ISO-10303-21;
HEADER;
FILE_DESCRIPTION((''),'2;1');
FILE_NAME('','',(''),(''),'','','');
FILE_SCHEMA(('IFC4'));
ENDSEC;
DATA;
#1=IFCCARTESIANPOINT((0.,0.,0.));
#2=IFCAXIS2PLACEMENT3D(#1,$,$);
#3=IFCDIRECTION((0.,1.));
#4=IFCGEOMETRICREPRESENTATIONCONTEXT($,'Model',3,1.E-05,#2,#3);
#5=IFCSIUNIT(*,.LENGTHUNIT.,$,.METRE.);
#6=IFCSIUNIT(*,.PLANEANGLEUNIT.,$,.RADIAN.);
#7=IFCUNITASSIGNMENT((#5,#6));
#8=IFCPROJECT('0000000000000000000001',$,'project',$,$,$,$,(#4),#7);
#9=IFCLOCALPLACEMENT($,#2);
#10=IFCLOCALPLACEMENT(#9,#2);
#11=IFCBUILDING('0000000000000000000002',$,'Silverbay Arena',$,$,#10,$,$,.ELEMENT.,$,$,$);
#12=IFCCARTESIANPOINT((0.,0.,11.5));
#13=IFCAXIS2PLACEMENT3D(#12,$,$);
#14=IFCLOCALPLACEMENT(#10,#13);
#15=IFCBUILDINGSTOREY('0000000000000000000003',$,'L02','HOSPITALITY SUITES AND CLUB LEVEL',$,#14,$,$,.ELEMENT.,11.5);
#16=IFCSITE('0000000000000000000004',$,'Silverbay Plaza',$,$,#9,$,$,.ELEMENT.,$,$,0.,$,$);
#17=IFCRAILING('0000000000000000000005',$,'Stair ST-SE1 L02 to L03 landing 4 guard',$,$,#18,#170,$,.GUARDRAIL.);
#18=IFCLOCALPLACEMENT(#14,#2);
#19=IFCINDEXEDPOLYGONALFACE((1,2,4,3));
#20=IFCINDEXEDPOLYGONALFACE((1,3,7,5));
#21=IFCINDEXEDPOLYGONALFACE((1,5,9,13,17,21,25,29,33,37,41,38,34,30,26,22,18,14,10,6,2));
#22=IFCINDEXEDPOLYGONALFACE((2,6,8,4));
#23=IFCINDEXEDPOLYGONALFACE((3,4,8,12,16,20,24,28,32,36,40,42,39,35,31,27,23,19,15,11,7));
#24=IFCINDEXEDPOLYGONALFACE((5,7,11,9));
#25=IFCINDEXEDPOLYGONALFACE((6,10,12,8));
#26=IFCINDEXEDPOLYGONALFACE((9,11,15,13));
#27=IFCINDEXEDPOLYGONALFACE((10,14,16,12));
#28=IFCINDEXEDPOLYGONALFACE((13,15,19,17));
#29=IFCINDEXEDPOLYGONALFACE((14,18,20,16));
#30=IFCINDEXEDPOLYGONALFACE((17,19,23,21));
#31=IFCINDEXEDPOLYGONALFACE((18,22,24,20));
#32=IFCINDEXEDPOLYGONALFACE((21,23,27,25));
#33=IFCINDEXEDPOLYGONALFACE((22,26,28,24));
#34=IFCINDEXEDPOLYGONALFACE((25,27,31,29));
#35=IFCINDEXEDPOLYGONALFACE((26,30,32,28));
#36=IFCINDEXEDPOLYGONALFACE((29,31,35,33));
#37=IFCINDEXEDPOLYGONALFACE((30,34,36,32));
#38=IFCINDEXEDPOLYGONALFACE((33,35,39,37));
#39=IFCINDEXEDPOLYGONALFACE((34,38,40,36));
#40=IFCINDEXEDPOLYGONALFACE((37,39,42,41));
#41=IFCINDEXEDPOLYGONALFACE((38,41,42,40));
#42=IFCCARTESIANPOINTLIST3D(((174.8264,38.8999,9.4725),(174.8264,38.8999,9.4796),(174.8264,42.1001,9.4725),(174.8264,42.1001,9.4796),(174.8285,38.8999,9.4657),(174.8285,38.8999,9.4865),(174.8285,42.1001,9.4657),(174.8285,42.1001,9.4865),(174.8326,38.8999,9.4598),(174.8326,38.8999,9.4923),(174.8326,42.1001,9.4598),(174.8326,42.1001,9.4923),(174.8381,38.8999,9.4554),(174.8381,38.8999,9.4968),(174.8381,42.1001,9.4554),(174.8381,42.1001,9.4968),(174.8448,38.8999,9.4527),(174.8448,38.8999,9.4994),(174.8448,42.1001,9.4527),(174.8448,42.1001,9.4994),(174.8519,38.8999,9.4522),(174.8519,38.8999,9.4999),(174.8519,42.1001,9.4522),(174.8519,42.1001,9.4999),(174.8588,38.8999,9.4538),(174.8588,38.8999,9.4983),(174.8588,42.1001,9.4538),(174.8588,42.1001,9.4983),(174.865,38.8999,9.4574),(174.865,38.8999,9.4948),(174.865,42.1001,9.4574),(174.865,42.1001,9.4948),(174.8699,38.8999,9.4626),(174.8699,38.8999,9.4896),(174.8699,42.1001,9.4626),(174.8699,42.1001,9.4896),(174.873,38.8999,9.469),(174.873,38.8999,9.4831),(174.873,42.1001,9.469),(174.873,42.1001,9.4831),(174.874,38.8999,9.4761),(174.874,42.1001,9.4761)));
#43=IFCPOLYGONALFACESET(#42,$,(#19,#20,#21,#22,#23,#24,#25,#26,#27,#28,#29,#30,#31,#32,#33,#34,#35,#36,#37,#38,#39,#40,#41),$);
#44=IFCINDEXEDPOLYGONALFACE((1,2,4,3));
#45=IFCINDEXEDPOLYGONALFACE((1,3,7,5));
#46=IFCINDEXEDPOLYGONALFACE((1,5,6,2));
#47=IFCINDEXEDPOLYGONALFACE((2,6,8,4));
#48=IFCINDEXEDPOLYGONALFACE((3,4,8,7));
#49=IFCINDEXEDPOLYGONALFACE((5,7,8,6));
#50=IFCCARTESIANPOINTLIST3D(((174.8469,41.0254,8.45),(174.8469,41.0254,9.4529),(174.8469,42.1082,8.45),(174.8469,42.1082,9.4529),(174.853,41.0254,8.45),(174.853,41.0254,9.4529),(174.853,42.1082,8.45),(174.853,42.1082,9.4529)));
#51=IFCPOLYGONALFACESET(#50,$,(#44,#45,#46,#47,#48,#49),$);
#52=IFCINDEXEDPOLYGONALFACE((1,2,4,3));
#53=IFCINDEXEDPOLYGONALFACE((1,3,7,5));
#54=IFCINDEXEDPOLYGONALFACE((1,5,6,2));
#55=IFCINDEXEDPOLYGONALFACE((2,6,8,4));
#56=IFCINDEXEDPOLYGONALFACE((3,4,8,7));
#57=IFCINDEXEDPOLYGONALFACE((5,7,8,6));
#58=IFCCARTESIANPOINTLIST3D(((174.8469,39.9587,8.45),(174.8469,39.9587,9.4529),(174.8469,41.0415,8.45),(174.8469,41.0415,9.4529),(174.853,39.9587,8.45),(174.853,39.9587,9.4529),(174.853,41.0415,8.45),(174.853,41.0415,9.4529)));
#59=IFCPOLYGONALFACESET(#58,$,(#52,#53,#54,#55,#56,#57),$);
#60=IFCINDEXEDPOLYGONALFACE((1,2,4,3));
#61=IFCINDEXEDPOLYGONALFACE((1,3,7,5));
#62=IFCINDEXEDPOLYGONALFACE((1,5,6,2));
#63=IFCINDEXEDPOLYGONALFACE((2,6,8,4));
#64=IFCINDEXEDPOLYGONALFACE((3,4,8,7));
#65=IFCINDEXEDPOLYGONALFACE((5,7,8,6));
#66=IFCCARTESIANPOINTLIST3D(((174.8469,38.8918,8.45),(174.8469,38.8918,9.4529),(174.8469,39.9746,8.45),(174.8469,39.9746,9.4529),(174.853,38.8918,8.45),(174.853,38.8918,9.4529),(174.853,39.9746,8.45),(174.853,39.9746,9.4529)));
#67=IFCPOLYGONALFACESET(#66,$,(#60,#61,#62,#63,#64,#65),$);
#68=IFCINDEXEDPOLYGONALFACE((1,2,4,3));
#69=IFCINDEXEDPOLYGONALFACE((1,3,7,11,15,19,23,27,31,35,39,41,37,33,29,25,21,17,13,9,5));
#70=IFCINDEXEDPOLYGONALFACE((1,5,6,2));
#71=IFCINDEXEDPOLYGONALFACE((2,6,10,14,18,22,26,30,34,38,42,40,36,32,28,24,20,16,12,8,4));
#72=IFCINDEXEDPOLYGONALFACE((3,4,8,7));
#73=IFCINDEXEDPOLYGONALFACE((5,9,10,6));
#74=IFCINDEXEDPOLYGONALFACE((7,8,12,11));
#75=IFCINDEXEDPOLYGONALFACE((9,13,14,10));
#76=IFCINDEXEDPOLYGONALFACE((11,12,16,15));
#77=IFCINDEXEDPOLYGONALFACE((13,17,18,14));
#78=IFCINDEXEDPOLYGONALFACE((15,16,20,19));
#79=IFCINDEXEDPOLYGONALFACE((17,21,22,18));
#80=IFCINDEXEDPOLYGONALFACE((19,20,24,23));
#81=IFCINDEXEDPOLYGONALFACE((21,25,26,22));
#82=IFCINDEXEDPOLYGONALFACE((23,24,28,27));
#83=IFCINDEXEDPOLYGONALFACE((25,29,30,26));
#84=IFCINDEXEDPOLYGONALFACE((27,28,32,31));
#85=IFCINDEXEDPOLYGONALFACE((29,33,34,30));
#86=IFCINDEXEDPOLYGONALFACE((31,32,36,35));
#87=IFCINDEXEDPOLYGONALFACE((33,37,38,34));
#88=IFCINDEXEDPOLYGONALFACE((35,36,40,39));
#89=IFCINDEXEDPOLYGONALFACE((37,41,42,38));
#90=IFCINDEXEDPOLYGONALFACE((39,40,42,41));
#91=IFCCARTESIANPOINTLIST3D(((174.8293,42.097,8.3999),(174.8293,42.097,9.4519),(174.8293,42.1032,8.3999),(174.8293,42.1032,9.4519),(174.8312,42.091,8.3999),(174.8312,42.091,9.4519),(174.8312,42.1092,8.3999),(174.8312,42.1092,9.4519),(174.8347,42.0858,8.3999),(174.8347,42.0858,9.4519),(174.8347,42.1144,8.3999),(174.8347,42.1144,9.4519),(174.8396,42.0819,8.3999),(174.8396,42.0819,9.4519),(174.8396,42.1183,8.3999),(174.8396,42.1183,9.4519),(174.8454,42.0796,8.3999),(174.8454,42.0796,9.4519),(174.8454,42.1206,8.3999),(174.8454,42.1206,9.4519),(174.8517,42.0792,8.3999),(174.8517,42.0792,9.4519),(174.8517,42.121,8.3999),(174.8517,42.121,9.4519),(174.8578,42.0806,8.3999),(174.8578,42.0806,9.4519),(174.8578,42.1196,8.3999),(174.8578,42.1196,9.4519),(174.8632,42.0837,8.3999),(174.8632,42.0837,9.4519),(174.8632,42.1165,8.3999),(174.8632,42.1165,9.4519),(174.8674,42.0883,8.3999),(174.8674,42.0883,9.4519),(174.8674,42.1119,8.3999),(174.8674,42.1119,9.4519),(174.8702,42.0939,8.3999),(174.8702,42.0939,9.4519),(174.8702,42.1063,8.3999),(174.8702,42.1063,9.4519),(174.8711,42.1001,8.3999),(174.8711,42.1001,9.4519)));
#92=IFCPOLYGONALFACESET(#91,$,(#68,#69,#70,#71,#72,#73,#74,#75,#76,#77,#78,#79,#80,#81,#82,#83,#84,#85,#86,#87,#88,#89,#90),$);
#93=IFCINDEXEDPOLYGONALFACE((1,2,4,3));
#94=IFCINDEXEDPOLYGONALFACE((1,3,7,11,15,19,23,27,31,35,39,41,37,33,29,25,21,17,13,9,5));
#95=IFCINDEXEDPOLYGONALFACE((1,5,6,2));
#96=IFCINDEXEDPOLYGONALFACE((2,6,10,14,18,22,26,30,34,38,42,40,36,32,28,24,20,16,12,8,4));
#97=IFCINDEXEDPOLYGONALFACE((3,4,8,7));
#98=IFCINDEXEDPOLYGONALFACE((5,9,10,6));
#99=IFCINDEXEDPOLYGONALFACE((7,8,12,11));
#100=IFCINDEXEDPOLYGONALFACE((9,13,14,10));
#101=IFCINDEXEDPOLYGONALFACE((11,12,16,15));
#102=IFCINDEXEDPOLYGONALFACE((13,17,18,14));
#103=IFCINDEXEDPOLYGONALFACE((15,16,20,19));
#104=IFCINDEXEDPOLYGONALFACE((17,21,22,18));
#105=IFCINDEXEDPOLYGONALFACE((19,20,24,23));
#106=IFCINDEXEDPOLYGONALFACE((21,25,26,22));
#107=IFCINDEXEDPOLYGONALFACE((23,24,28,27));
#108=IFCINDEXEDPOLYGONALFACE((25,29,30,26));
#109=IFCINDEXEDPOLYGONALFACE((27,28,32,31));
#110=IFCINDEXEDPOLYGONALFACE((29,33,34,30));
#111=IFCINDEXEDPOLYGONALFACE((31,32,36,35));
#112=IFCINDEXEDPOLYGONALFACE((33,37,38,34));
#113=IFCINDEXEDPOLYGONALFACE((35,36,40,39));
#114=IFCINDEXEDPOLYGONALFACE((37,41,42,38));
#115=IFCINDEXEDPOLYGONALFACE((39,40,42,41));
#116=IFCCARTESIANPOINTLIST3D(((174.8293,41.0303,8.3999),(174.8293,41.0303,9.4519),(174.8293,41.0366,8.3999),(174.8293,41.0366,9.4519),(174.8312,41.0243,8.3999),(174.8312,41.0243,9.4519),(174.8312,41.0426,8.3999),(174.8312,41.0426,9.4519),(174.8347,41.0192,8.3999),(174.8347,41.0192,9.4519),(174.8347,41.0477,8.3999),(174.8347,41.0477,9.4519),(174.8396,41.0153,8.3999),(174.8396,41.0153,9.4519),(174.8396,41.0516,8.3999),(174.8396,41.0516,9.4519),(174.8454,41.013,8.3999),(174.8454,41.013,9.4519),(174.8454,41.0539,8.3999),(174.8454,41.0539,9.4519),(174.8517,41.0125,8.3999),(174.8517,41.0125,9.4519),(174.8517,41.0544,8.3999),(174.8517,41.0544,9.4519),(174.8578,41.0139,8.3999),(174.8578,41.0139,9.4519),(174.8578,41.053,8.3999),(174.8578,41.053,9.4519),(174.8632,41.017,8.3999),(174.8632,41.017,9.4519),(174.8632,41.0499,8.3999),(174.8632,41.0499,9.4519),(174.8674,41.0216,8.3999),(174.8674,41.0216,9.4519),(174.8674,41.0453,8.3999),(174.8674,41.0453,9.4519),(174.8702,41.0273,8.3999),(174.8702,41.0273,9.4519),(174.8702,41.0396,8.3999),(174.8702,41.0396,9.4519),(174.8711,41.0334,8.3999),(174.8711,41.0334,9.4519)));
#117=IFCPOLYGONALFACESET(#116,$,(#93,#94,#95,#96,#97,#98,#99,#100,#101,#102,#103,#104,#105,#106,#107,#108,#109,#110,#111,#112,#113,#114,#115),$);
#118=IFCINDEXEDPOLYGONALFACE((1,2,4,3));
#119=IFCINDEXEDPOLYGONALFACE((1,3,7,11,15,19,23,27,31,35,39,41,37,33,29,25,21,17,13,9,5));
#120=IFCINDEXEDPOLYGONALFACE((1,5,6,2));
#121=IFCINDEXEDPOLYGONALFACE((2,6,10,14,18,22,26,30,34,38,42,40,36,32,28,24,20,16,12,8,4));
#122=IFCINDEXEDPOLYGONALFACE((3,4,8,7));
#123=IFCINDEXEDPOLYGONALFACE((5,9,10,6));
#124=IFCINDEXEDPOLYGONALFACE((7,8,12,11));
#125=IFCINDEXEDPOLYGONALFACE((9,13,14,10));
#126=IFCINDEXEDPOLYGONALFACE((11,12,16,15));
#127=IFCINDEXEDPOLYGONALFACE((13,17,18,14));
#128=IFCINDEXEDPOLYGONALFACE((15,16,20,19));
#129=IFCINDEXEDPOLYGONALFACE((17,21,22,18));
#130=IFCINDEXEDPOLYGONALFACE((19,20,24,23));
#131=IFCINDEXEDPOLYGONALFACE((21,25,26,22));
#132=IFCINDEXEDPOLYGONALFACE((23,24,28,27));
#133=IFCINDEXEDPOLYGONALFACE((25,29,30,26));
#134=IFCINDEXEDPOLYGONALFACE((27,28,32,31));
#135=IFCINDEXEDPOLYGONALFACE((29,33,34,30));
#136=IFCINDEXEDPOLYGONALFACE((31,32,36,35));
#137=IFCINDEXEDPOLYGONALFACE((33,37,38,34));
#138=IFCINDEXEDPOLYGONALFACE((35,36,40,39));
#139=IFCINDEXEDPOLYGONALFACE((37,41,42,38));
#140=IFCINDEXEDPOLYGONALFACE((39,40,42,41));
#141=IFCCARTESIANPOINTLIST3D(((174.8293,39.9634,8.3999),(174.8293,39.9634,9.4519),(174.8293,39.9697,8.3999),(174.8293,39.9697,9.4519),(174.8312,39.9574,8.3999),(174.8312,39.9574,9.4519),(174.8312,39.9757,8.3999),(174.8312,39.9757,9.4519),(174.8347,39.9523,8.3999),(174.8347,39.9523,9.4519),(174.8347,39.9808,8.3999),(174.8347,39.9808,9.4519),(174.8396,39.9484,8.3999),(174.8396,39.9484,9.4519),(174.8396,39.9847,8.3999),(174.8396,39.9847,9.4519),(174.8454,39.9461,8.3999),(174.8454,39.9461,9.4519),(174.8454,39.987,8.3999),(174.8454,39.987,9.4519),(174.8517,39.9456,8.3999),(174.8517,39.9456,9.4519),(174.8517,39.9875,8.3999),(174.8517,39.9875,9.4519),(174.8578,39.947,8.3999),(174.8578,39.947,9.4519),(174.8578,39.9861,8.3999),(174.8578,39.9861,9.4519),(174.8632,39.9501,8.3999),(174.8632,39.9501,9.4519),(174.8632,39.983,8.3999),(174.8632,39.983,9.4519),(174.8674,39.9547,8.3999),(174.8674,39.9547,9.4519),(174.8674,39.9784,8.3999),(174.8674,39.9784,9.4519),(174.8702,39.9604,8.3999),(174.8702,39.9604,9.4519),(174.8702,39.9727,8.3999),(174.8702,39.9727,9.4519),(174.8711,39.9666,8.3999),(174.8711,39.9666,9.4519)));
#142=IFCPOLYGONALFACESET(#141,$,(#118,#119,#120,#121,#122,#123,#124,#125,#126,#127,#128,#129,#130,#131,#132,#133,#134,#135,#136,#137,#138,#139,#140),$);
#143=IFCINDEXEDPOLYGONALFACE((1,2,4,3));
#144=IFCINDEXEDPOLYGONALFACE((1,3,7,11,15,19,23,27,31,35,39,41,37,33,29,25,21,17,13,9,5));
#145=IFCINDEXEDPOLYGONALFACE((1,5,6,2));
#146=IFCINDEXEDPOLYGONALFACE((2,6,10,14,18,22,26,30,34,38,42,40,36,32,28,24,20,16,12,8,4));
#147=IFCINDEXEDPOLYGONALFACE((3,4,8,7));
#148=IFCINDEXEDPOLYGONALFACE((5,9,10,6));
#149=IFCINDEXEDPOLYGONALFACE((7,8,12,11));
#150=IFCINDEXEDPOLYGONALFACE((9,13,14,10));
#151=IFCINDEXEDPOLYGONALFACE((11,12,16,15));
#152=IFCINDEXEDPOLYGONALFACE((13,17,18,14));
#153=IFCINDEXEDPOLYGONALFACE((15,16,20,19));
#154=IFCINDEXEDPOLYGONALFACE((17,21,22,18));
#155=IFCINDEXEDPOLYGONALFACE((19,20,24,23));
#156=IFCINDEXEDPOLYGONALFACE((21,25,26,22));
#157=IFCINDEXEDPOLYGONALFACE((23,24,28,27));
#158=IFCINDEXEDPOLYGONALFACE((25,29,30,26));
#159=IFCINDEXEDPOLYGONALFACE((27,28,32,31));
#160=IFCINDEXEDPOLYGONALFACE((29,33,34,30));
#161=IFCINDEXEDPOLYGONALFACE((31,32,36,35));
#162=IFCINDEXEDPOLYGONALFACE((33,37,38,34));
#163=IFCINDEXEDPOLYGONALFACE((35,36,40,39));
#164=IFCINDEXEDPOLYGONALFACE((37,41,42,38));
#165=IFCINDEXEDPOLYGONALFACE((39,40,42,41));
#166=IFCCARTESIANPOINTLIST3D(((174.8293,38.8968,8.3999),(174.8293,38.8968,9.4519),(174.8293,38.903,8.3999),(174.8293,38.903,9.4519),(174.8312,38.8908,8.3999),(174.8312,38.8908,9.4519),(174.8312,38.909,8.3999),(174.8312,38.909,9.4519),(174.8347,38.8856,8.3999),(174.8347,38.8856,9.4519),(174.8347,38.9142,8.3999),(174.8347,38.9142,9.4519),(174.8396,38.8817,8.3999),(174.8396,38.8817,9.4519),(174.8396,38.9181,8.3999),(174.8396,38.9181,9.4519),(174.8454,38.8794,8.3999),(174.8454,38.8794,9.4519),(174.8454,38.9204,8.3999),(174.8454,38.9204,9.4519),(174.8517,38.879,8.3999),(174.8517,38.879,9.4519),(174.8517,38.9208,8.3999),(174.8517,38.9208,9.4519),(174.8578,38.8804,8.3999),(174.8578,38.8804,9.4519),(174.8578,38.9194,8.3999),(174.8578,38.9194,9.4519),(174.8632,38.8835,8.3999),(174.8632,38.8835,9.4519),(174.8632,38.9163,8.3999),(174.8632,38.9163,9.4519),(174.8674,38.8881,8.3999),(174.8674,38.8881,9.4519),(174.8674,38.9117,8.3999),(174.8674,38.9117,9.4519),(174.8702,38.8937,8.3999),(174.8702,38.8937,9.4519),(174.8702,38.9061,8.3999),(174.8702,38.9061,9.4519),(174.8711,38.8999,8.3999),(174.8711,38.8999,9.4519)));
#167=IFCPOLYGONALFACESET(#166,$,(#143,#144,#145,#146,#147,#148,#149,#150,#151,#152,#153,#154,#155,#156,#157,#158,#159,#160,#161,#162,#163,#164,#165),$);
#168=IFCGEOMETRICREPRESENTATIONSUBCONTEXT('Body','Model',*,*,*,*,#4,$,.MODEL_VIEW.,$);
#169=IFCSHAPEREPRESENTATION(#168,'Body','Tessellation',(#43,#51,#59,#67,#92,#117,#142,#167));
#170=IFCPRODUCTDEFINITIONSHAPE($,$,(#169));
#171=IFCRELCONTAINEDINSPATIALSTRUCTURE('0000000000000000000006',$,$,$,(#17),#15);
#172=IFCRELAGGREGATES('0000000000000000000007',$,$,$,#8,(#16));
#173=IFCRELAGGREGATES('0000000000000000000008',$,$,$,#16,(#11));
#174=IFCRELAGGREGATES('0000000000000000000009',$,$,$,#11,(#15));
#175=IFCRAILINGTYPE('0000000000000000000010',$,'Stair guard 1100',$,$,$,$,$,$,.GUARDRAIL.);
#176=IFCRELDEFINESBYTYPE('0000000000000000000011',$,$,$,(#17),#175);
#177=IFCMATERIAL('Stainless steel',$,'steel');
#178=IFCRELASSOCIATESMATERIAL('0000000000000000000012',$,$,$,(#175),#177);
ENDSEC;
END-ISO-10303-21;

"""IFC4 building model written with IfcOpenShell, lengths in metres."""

from ifc_helpers import new_model, si_unit, direction, frame, origin, origin_2d, place, context, subcontext, project, spatial, polyline, circle, outline, extrude, material, type_object, element, save


model = new_model("IFC4")

# Units and contexts
model_context = context("Model", 3, precision=1e-05, world=origin(), true_north=direction((0.0, 1.0)))
body_context = subcontext(model_context, "Body", "Model", "MODEL_VIEW")
ifc_project = project(units=[si_unit("LENGTHUNIT", "METRE"), si_unit("PLANEANGLEUNIT", "RADIAN")], contexts=[model_context])

# Site, building, storey
site_placement = place(None, origin())
site = spatial("IfcSite", under=ifc_project, at=site_placement, Name="Silverbay Plaza", CompositionType="ELEMENT", RefElevation=0.0)
building_placement = place(site_placement, origin())
building = spatial("IfcBuilding", under=site, at=building_placement, Name="Silverbay Arena", CompositionType="ELEMENT")
storey_placement = place(building_placement, frame((0.0, 0.0, 11.5)))
storey = spatial("IfcBuildingStorey", under=building, at=storey_placement, Name="L02", Description="HOSPITALITY SUITES AND CLUB LEVEL", CompositionType="ELEMENT", Elevation=11.5)

# Railing
ifc_material_1 = material(Name="Stainless steel", Category="steel")
railing_type_1 = type_object("IfcRailingType", Name="Stair guard 1100", PredefinedType="GUARDRAIL", material=ifc_material_1)
for number, where, name in (
    (1, (174.8501, 42.1001, 8.3999), "Stair ST-SE1 L02 to L03 landing 4 guard"),
):
    element("IfcRailing", number, at=place(storey_placement, frame(where)), inside=storey, type_object=railing_type_1, Name=name, PredefinedType="GUARDRAIL", context=body_context, shape_type="SweptSolid", body=[
        extrude(circle(Radius=0.0239, at=origin_2d()), frame((0.0, 0.0, 1.0762), z_axis=(0.0, -1.0, 0.0), x_axis=(1.0, 0.0, 0.0)), (0.0, 0.0, 1.0), 3.2002),
        extrude(outline(polyline([(-0.0081, 0.05), (1.0747, 0.05), (1.0747, 1.053), (-0.0081, 1.053), (-0.0081, 0.05)])), frame((0.0029, 0.0, 0.0), z_axis=(-1.0, 0.0, 0.0), x_axis=(0.0, -1.0, 0.0)), (0.0, 0.0, 1.0), 0.0061),
        extrude(outline(polyline([(-0.0081, 0.05), (1.0747, 0.05), (1.0747, 1.053), (-0.0081, 1.053), (-0.0081, 0.05)])), frame((0.0029, -1.0667, 0.0), z_axis=(-1.0, 0.0, 0.0), x_axis=(0.0, -1.0, 0.0)), (0.0, 0.0, 1.0), 0.0061),
        extrude(outline(polyline([(-0.0081, 0.05), (1.0747, 0.05), (1.0747, 1.053), (-0.0081, 1.053), (-0.0081, 0.05)])), frame((0.0029, -2.1335, 0.0), z_axis=(-1.0, 0.0, 0.0), x_axis=(0.0, -1.0, 0.0)), (0.0, 0.0, 1.0), 0.0061),
        extrude(circle(Radius=0.021, at=origin_2d()), origin(), (0.0, 0.0, 1.0), 1.052),
        extrude(circle(Radius=0.021, at=origin_2d()), frame((0.0, -1.0667, 0.0)), (0.0, 0.0, 1.0), 1.052),
        extrude(circle(Radius=0.021, at=origin_2d()), frame((0.0, -2.1335, 0.0)), (0.0, 0.0, 1.0), 1.052),
        extrude(circle(Radius=0.021, at=origin_2d()), frame((0.0, -3.2002, 0.0)), (0.0, 0.0, 1.0), 1.052),
    ])

save(model, "model.ifc")
